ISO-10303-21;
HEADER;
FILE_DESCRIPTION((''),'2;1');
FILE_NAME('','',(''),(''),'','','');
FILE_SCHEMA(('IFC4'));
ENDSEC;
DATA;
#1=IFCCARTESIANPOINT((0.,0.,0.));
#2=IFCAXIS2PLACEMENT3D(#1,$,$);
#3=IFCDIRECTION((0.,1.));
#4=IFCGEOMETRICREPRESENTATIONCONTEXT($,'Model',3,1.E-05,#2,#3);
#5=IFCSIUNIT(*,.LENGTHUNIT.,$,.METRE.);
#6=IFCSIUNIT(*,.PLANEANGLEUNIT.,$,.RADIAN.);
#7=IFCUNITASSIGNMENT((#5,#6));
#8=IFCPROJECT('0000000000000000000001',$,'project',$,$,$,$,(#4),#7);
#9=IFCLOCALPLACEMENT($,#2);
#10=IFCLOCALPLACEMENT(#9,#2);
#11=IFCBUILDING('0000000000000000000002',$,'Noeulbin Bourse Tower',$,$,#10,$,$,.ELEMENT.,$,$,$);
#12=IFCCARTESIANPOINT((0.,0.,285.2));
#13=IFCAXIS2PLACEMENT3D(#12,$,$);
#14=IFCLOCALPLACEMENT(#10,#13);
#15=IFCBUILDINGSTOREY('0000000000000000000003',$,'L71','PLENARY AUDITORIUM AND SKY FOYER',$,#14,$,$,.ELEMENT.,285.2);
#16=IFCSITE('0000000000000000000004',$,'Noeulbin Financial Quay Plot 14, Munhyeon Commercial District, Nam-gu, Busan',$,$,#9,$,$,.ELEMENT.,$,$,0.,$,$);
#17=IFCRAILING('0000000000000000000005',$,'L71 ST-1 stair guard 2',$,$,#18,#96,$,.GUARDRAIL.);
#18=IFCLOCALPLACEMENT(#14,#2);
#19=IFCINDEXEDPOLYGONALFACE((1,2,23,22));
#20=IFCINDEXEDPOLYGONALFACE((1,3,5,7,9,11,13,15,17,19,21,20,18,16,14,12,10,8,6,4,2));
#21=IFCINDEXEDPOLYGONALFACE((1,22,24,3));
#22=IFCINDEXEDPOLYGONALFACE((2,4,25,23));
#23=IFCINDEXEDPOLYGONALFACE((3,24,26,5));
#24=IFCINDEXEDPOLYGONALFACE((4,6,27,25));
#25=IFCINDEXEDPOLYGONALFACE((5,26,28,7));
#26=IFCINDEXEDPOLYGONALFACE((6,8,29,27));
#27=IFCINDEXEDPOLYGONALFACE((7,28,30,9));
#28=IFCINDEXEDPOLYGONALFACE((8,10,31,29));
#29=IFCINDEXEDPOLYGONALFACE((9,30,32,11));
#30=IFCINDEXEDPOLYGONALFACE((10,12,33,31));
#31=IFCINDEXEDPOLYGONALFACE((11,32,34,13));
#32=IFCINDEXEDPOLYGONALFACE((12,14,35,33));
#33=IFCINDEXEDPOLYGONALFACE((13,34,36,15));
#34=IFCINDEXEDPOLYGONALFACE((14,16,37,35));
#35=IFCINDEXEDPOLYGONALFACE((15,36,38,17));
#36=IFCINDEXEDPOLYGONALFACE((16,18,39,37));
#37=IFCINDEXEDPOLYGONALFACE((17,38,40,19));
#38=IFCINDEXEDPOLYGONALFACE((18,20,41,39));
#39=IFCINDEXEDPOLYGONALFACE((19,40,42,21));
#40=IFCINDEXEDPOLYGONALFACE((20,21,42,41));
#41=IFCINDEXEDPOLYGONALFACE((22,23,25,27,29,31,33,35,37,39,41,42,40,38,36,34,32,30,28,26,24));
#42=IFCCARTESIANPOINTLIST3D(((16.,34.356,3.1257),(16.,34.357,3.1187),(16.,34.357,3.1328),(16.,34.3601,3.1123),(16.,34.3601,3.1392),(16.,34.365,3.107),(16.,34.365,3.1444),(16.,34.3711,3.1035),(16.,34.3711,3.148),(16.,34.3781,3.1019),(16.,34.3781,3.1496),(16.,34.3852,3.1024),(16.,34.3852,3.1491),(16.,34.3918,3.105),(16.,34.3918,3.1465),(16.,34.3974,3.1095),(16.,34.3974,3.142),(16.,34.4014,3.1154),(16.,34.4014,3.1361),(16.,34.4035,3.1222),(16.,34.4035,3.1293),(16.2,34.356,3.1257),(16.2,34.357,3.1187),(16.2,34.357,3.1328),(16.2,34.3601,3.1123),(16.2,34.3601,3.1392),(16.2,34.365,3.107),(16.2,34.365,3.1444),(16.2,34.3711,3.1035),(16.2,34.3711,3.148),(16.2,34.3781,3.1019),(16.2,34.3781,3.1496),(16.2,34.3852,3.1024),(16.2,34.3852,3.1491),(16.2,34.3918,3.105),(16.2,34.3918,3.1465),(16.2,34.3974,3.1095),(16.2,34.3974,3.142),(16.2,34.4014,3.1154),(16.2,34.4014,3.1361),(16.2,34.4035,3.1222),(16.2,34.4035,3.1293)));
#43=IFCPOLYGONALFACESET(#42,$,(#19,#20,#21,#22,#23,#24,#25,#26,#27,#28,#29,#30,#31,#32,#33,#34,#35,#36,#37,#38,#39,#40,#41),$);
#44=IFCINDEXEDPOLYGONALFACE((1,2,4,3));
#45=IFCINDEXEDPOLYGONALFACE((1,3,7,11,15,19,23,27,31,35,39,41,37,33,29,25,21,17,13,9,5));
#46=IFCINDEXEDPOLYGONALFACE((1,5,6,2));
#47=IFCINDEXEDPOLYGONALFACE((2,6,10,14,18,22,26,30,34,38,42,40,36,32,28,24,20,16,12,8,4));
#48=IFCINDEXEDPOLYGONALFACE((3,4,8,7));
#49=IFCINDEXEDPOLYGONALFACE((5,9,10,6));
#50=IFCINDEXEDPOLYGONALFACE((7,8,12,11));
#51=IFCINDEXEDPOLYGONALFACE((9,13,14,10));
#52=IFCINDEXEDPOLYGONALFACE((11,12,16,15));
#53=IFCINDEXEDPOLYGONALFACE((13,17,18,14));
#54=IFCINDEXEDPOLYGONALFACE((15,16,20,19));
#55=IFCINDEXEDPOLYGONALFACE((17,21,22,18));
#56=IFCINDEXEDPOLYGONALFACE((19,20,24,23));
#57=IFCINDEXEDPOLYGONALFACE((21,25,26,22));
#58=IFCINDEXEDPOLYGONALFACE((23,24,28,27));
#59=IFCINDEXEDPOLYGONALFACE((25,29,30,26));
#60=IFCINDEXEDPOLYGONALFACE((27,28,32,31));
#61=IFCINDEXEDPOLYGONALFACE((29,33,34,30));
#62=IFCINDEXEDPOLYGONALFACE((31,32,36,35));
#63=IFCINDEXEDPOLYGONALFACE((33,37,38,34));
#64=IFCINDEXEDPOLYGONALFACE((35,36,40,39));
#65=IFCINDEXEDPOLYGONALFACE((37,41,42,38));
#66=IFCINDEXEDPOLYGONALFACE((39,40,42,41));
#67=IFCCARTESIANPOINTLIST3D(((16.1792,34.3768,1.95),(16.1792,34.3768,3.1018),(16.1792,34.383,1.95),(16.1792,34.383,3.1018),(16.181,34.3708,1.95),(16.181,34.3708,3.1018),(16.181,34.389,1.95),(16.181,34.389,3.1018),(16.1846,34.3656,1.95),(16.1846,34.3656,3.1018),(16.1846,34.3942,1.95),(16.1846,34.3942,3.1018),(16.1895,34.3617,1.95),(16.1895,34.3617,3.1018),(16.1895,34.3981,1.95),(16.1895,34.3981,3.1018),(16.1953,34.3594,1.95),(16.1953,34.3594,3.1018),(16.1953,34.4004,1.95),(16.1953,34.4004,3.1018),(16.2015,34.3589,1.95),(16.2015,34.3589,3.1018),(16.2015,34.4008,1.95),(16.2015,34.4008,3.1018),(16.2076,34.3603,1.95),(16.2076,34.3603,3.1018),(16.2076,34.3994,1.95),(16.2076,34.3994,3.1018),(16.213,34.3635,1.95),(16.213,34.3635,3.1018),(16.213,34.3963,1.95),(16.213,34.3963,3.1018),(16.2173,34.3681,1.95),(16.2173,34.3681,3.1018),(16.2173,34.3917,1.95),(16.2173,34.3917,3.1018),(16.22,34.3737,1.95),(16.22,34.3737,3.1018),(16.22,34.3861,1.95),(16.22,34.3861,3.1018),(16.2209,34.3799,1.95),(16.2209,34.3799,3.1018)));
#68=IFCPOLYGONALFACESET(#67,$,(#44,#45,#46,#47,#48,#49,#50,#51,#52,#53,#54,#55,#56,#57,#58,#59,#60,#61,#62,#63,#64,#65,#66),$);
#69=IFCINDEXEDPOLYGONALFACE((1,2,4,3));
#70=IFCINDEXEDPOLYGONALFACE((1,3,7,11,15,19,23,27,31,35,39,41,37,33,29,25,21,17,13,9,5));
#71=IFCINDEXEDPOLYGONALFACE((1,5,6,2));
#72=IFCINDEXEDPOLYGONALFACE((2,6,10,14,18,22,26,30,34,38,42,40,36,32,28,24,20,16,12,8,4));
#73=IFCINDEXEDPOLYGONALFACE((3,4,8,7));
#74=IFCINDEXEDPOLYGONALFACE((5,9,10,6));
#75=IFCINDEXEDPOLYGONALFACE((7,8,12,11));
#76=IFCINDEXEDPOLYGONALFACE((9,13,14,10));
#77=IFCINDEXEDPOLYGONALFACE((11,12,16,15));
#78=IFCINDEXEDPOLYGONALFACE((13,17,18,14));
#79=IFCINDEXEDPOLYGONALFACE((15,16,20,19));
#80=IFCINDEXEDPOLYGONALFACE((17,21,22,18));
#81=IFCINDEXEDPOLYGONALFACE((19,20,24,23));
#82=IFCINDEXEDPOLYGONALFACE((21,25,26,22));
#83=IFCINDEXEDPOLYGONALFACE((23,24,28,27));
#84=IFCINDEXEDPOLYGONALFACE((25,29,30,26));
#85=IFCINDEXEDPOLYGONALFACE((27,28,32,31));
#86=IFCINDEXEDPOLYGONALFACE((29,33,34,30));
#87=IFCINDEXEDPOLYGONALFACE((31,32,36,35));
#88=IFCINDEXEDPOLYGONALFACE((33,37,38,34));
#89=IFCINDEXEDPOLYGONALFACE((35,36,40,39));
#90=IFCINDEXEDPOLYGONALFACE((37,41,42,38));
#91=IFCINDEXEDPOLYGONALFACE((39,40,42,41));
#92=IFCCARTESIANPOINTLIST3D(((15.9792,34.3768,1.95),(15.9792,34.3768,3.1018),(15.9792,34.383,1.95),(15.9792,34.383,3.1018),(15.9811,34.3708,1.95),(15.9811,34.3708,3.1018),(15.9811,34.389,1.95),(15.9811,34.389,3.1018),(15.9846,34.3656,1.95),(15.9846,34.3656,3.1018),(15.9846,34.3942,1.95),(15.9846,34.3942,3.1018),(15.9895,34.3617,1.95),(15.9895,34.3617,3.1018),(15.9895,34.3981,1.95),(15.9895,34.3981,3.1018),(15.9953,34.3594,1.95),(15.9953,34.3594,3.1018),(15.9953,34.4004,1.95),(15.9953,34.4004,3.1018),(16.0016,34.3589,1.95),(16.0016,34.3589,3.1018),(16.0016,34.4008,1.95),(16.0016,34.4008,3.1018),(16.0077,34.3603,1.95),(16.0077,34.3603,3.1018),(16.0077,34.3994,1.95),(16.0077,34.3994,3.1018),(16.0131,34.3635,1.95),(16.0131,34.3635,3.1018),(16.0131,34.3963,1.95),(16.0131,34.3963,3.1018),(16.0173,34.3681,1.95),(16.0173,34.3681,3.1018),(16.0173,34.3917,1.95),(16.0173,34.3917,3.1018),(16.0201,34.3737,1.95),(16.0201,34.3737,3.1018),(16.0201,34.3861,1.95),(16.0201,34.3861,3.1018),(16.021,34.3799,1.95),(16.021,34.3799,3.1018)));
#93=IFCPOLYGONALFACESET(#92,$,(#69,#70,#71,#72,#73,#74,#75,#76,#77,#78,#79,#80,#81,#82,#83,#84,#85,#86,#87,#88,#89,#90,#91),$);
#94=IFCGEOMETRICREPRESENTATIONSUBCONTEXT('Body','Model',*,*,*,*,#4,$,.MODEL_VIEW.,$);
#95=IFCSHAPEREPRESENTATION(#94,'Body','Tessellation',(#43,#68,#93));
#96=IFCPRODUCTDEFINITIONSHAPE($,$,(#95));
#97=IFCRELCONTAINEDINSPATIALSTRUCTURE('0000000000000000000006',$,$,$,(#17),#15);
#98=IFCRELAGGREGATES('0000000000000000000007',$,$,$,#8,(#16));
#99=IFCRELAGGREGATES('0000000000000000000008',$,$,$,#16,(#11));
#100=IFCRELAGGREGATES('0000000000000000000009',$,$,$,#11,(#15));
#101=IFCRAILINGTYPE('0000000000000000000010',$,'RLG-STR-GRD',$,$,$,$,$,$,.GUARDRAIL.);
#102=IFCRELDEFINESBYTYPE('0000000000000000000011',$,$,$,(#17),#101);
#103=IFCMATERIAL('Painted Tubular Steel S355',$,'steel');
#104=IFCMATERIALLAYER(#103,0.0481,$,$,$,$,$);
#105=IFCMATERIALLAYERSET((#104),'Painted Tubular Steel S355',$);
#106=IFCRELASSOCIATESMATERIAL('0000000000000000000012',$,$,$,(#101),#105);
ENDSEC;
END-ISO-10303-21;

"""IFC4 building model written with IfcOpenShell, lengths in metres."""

from ifc_helpers import new_model, si_unit, direction, frame, origin, origin_2d, place, context, subcontext, project, spatial, circle, extrude, material, layer, layer_set, type_object, element, save


model = new_model("IFC4")

# Units and contexts
model_context = context("Model", 3, precision=1e-05, world=origin(), true_north=direction((0.0, 1.0)))
body_context = subcontext(model_context, "Body", "Model", "MODEL_VIEW")
ifc_project = project(units=[si_unit("LENGTHUNIT", "METRE"), si_unit("PLANEANGLEUNIT", "RADIAN")], contexts=[model_context])

# Site, building, storey
site_placement = place(None, origin())
site = spatial("IfcSite", under=ifc_project, at=site_placement, Name="Noeulbin Financial Quay Plot 14, Munhyeon Commercial District, Nam-gu, Busan", CompositionType="ELEMENT", RefElevation=0.0)
building_placement = place(site_placement, origin())
building = spatial("IfcBuilding", under=site, at=building_placement, Name="Noeulbin Bourse Tower", CompositionType="ELEMENT")
storey_placement = place(building_placement, frame((0.0, 0.0, 285.2)))
storey = spatial("IfcBuildingStorey", under=building, at=storey_placement, Name="L71", Description="PLENARY AUDITORIUM AND SKY FOYER", CompositionType="ELEMENT", Elevation=285.2)

# Railing
ifc_material_1 = material(Name="Painted Tubular Steel S355", Category="steel")
ifc_layer_1 = layer(ifc_material_1, 0.0481)
ifc_layer_set_1 = layer_set([ifc_layer_1], Name="Painted Tubular Steel S355")
railing_type_1 = type_object("IfcRailingType", Name="RLG-STR-GRD", PredefinedType="GUARDRAIL", material=ifc_layer_set_1)
railing_1_placement = place(storey_placement, frame((16.2, 34.3799, 1.95)))
element("IfcRailing", 1, at=railing_1_placement, inside=storey, type_object=railing_type_1, Name="L71 ST-1 stair guard 2", PredefinedType="GUARDRAIL", context=body_context, shape_type="SweptSolid", body=[
    extrude(circle(Radius=0.0239, at=origin_2d()), frame((0.0, 0.0, 1.1758), z_axis=(-1.0, 0.0, 0.0), x_axis=(0.0, -1.0, 0.0)), (0.0, 0.0, 1.0), 0.2),
    extrude(circle(Radius=0.021, at=origin_2d()), origin(), (0.0, 0.0, 1.0), 1.1519),
    extrude(circle(Radius=0.021, at=origin_2d()), frame((-0.2, 0.0, 0.0)), (0.0, 0.0, 1.0), 1.1519),
])

save(model, "model.ifc")
